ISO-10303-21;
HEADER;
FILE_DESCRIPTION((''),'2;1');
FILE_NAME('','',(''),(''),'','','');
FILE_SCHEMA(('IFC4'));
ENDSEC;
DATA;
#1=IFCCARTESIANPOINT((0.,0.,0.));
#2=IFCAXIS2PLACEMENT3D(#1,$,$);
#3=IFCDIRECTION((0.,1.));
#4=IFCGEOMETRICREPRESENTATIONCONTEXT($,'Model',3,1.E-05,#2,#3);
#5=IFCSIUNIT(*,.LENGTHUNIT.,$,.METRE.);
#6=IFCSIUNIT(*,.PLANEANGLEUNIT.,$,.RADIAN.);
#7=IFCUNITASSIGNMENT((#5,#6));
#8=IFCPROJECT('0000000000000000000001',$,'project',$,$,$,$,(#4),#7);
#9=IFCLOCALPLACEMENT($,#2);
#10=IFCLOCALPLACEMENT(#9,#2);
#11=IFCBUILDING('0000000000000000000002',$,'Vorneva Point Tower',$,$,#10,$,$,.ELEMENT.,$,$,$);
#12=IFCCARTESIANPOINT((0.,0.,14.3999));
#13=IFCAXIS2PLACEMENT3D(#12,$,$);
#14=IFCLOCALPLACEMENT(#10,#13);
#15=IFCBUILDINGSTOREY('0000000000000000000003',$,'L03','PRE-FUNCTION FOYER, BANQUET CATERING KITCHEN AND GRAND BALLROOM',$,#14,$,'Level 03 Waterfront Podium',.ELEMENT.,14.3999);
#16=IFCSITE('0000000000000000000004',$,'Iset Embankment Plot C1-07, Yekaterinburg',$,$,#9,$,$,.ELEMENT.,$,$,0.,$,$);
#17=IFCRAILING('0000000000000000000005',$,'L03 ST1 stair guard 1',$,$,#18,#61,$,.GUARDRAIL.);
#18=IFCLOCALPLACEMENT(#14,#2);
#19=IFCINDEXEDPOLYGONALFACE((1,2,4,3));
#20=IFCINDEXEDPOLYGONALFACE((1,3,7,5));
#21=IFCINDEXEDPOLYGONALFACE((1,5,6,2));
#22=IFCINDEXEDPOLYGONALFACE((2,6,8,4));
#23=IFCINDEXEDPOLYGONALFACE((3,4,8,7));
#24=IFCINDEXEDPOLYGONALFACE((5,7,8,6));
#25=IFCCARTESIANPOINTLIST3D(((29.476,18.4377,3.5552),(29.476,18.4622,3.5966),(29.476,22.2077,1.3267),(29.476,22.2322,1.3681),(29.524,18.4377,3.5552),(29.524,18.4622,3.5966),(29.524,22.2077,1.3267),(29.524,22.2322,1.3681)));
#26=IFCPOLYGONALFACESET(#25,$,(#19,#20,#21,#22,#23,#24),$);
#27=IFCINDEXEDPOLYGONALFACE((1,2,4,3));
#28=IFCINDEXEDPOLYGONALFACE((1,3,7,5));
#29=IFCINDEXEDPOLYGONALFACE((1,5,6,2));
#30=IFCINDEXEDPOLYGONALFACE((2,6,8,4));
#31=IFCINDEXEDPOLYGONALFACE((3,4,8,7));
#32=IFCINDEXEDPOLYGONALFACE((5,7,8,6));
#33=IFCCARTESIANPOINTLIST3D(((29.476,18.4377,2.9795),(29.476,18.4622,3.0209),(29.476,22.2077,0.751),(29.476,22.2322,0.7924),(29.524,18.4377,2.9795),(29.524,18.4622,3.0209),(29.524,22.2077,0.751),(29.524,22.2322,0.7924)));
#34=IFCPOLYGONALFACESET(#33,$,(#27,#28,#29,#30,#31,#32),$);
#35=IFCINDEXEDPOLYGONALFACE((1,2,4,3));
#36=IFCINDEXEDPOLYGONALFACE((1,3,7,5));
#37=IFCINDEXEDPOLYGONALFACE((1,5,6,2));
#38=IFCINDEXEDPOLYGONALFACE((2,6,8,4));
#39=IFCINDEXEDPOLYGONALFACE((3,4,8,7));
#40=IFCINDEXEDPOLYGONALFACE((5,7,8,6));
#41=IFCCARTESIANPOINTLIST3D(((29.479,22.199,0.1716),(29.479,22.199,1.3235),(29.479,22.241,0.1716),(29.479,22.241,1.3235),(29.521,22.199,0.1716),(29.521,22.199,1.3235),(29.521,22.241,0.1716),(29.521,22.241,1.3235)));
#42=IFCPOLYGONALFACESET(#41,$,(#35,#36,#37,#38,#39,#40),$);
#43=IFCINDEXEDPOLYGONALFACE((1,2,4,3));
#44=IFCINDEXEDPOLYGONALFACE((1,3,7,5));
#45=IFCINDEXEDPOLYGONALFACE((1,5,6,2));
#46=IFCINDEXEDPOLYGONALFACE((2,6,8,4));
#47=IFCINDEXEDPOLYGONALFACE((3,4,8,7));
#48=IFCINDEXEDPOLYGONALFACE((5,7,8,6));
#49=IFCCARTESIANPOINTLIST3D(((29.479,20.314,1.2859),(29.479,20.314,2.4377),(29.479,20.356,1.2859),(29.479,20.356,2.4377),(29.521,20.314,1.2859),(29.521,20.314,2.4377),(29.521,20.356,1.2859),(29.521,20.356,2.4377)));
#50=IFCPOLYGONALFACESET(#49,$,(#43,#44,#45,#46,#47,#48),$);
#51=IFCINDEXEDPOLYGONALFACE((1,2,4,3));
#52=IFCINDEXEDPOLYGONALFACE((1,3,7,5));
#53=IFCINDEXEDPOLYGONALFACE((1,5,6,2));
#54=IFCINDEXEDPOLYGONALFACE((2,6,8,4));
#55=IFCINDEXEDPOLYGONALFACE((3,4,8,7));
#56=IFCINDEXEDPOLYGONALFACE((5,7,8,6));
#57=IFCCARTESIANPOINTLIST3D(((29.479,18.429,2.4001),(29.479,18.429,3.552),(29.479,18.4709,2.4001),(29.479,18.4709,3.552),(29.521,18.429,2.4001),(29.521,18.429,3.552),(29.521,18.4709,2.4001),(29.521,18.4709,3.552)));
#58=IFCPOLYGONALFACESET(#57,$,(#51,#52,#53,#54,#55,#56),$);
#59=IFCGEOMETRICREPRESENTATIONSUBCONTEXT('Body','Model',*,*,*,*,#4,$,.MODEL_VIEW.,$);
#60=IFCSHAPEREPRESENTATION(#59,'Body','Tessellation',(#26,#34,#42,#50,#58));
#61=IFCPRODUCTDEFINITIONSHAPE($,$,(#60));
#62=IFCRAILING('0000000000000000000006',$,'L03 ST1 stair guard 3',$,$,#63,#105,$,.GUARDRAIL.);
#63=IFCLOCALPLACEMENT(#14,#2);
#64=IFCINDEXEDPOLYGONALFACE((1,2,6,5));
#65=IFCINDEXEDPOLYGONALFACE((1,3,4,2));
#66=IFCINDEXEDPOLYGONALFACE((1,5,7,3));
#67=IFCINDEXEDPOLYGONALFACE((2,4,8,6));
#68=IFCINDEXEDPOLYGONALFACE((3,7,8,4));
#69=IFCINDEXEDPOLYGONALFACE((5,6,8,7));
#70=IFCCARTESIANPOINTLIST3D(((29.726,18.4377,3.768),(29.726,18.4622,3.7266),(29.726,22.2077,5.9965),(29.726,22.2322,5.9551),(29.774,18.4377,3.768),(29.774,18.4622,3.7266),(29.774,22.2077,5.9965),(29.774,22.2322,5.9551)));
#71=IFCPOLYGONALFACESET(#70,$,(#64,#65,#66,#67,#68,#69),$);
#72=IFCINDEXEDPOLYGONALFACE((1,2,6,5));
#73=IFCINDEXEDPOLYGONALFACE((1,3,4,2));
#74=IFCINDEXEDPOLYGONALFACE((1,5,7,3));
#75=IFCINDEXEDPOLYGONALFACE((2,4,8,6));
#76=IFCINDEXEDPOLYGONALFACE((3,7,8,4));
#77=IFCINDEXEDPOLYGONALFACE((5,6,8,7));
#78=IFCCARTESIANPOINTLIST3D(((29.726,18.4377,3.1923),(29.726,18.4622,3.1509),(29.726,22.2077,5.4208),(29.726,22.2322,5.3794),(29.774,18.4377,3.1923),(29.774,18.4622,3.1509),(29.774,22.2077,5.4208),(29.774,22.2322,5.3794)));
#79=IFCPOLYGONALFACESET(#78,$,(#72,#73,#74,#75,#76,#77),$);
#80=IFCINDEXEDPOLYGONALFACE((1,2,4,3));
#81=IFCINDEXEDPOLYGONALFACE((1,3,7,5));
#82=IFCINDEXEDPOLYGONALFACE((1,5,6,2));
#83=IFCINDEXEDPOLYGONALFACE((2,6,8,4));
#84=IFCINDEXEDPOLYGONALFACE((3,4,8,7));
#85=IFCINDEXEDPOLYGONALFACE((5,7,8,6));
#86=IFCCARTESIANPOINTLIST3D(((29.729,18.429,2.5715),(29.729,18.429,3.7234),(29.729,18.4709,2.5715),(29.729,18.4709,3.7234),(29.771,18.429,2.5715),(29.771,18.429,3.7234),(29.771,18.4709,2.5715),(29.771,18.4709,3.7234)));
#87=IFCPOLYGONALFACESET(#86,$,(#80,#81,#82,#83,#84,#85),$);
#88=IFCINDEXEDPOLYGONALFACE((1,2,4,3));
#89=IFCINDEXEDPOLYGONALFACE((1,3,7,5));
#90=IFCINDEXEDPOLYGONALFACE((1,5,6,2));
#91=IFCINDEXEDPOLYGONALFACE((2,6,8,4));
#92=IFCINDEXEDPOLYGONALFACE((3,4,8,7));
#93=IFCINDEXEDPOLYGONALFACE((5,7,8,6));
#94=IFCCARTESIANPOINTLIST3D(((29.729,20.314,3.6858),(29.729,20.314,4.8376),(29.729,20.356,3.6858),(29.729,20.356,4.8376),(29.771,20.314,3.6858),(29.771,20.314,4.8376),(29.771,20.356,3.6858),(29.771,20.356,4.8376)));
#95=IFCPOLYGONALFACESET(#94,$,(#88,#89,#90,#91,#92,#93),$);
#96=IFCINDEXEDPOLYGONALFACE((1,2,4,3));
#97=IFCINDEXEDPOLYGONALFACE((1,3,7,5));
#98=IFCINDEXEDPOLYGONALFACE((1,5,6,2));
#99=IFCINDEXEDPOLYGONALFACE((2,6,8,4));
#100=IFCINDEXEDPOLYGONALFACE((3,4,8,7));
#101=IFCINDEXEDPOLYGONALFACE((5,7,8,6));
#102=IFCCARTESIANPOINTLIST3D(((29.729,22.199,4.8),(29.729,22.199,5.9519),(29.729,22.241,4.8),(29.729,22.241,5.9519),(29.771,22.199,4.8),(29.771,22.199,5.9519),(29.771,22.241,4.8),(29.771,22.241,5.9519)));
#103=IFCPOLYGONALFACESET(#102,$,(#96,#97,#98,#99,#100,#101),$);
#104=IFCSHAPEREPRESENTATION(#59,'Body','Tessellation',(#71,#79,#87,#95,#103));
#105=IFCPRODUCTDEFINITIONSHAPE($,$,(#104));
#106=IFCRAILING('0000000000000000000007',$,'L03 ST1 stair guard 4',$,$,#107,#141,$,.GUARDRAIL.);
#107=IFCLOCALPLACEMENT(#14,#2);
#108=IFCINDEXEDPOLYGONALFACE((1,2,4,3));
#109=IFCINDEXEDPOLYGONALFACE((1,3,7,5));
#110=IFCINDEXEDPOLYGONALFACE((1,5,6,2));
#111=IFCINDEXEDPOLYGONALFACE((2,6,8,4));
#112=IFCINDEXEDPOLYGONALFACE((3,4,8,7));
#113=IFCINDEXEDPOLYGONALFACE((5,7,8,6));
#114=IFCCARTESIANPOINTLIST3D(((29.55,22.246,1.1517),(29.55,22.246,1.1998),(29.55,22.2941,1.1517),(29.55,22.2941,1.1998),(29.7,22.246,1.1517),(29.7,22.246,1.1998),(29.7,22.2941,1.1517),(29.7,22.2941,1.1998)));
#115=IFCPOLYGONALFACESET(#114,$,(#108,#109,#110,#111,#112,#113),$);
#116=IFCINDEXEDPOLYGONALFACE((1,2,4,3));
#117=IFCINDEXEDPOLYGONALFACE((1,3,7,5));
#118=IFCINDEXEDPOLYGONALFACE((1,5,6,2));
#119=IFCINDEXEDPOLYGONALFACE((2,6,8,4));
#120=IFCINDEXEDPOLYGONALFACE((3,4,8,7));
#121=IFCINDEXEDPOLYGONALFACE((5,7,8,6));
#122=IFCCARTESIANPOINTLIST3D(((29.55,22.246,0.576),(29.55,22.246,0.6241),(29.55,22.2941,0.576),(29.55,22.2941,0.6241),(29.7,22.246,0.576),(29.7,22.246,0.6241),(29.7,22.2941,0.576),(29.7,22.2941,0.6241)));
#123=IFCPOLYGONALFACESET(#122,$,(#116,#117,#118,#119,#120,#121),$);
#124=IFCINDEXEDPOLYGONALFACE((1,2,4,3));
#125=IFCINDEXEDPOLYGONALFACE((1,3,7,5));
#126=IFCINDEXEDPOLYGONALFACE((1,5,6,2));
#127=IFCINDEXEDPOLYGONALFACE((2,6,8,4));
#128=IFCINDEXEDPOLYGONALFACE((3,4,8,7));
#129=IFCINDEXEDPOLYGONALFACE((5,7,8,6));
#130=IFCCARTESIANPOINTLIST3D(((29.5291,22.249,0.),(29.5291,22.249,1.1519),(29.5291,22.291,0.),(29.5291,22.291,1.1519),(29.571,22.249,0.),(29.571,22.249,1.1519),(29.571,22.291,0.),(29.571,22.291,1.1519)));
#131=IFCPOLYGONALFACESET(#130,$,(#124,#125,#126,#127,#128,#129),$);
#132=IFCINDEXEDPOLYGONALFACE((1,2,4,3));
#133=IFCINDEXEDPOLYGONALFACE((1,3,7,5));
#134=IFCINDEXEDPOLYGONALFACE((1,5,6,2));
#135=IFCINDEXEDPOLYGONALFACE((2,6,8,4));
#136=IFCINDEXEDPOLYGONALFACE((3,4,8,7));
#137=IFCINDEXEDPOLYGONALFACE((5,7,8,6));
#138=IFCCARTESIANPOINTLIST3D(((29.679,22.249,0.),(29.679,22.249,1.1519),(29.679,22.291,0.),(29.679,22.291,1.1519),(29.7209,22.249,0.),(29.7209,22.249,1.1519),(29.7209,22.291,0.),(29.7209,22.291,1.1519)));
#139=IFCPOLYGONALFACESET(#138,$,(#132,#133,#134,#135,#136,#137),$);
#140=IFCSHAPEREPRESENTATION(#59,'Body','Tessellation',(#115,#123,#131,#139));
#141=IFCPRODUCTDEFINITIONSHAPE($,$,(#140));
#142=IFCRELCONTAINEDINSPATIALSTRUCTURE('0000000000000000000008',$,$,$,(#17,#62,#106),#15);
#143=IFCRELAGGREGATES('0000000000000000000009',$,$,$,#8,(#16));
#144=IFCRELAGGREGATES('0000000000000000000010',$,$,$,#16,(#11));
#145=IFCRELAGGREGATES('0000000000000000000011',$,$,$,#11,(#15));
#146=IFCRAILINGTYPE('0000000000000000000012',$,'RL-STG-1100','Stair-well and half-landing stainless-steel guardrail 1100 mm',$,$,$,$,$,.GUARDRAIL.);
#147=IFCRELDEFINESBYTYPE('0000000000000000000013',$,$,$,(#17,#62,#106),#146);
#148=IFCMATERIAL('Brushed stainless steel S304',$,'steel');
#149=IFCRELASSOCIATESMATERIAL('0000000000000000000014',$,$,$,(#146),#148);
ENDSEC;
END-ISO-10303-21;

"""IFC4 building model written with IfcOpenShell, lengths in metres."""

from ifc_helpers import new_model, si_unit, direction, frame, origin, origin_2d, place, context, subcontext, project, spatial, rectangle, extrude, material, type_object, element, save


model = new_model("IFC4")

# Units and contexts
model_context = context("Model", 3, precision=1e-05, world=origin(), true_north=direction((0.0, 1.0)))
body_context = subcontext(model_context, "Body", "Model", "MODEL_VIEW")
ifc_project = project(units=[si_unit("LENGTHUNIT", "METRE"), si_unit("PLANEANGLEUNIT", "RADIAN")], contexts=[model_context])

# Site, building, storey
site_placement = place(None, origin())
site = spatial("IfcSite", under=ifc_project, at=site_placement, Name="Iset Embankment Plot C1-07, Yekaterinburg", CompositionType="ELEMENT", RefElevation=0.0)
building_placement = place(site_placement, origin())
building = spatial("IfcBuilding", under=site, at=building_placement, Name="Vorneva Point Tower", CompositionType="ELEMENT")
storey_placement = place(building_placement, frame((0.0, 0.0, 14.3999)))
storey = spatial("IfcBuildingStorey", under=building, at=storey_placement, Name="L03", Description="PRE-FUNCTION FOYER, BANQUET CATERING KITCHEN AND GRAND BALLROOM", LongName="Level 03 Waterfront Podium", CompositionType="ELEMENT", Elevation=14.3999)

# Railings
ifc_material_1 = material(Name="Brushed stainless steel S304", Category="steel")
railing_type_1 = type_object("IfcRailingType", Name="RL-STG-1100", Description="Stair-well and half-landing stainless-steel guardrail 1100 mm", PredefinedType="GUARDRAIL", material=ifc_material_1)
railing_1_placement = place(storey_placement, frame((29.5, 22.22, 0.1716)))
element("IfcRailing", 1, at=railing_1_placement, inside=storey, type_object=railing_type_1, Name="L03 ST1 stair guard 1", PredefinedType="GUARDRAIL", context=body_context, shape_type="SweptSolid", body=[
    extrude(rectangle(XDim=0.0481, YDim=0.0481, at=origin_2d()), frame((0.0, 0.0, 1.1758), z_axis=(0.0, -0.860849, 0.508861), x_axis=(1.0, 0.0, 0.0)), (0.0, 0.0, 1.0), 4.3794),
    extrude(rectangle(XDim=0.0481, YDim=0.0481, at=origin_2d()), frame((0.0, 0.0, 0.6001), z_axis=(0.0, -0.860849, 0.508861), x_axis=(1.0, 0.0, 0.0)), (0.0, 0.0, 1.0), 4.3794),
    extrude(rectangle(XDim=0.042, YDim=0.042, at=origin_2d()), origin(), (0.0, 0.0, 1.0), 1.1519),
    extrude(rectangle(XDim=0.042, YDim=0.042, at=origin_2d()), frame((0.0, -1.885, 1.1143)), (0.0, 0.0, 1.0), 1.1519),
    extrude(rectangle(XDim=0.042, YDim=0.042, at=origin_2d()), frame((0.0, -3.77, 2.2285)), (0.0, 0.0, 1.0), 1.1519),
])
railing_2_placement = place(storey_placement, frame((29.75, 18.45, 2.5715)))
element("IfcRailing", 2, at=railing_2_placement, inside=storey, type_object=railing_type_1, Name="L03 ST1 stair guard 3", PredefinedType="GUARDRAIL", context=body_context, shape_type="SweptSolid", body=[
    extrude(rectangle(XDim=0.0481, YDim=0.0481, at=origin_2d()), frame((0.0, 0.0, 1.1758), z_axis=(0.0, 0.860849, 0.508861), x_axis=(-1.0, 0.0, 0.0)), (0.0, 0.0, 1.0), 4.3794),
    extrude(rectangle(XDim=0.0481, YDim=0.0481, at=origin_2d()), frame((0.0, 0.0, 0.6001), z_axis=(0.0, 0.860849, 0.508861), x_axis=(-1.0, 0.0, 0.0)), (0.0, 0.0, 1.0), 4.3794),
    extrude(rectangle(XDim=0.042, YDim=0.042, at=origin_2d()), origin(), (0.0, 0.0, 1.0), 1.1519),
    extrude(rectangle(XDim=0.042, YDim=0.042, at=origin_2d()), frame((0.0, 1.885, 1.1143)), (0.0, 0.0, 1.0), 1.1519),
    extrude(rectangle(XDim=0.042, YDim=0.042, at=origin_2d()), frame((0.0, 3.77, 2.2285)), (0.0, 0.0, 1.0), 1.1519),
])
railing_3_placement = place(storey_placement, frame((29.55, 22.27, 0.0)))
element("IfcRailing", 3, at=railing_3_placement, inside=storey, type_object=railing_type_1, Name="L03 ST1 stair guard 4", PredefinedType="GUARDRAIL", context=body_context, shape_type="SweptSolid", body=[
    extrude(rectangle(XDim=0.0481, YDim=0.0481, at=origin_2d()), frame((0.0, 0.0, 1.1758), z_axis=(1.0, 0.0, 0.0), x_axis=(0.0, 1.0, 0.0)), (0.0, 0.0, 1.0), 0.1499),
    extrude(rectangle(XDim=0.0481, YDim=0.0481, at=origin_2d()), frame((0.0, 0.0, 0.6001), z_axis=(1.0, 0.0, 0.0), x_axis=(0.0, 1.0, 0.0)), (0.0, 0.0, 1.0), 0.1499),
    extrude(rectangle(XDim=0.042, YDim=0.042, at=origin_2d()), origin(), (0.0, 0.0, 1.0), 1.1519),
    extrude(rectangle(XDim=0.042, YDim=0.042, at=origin_2d()), frame((0.1499, 0.0, 0.0)), (0.0, 0.0, 1.0), 1.1519),
])

save(model, "model.ifc")
